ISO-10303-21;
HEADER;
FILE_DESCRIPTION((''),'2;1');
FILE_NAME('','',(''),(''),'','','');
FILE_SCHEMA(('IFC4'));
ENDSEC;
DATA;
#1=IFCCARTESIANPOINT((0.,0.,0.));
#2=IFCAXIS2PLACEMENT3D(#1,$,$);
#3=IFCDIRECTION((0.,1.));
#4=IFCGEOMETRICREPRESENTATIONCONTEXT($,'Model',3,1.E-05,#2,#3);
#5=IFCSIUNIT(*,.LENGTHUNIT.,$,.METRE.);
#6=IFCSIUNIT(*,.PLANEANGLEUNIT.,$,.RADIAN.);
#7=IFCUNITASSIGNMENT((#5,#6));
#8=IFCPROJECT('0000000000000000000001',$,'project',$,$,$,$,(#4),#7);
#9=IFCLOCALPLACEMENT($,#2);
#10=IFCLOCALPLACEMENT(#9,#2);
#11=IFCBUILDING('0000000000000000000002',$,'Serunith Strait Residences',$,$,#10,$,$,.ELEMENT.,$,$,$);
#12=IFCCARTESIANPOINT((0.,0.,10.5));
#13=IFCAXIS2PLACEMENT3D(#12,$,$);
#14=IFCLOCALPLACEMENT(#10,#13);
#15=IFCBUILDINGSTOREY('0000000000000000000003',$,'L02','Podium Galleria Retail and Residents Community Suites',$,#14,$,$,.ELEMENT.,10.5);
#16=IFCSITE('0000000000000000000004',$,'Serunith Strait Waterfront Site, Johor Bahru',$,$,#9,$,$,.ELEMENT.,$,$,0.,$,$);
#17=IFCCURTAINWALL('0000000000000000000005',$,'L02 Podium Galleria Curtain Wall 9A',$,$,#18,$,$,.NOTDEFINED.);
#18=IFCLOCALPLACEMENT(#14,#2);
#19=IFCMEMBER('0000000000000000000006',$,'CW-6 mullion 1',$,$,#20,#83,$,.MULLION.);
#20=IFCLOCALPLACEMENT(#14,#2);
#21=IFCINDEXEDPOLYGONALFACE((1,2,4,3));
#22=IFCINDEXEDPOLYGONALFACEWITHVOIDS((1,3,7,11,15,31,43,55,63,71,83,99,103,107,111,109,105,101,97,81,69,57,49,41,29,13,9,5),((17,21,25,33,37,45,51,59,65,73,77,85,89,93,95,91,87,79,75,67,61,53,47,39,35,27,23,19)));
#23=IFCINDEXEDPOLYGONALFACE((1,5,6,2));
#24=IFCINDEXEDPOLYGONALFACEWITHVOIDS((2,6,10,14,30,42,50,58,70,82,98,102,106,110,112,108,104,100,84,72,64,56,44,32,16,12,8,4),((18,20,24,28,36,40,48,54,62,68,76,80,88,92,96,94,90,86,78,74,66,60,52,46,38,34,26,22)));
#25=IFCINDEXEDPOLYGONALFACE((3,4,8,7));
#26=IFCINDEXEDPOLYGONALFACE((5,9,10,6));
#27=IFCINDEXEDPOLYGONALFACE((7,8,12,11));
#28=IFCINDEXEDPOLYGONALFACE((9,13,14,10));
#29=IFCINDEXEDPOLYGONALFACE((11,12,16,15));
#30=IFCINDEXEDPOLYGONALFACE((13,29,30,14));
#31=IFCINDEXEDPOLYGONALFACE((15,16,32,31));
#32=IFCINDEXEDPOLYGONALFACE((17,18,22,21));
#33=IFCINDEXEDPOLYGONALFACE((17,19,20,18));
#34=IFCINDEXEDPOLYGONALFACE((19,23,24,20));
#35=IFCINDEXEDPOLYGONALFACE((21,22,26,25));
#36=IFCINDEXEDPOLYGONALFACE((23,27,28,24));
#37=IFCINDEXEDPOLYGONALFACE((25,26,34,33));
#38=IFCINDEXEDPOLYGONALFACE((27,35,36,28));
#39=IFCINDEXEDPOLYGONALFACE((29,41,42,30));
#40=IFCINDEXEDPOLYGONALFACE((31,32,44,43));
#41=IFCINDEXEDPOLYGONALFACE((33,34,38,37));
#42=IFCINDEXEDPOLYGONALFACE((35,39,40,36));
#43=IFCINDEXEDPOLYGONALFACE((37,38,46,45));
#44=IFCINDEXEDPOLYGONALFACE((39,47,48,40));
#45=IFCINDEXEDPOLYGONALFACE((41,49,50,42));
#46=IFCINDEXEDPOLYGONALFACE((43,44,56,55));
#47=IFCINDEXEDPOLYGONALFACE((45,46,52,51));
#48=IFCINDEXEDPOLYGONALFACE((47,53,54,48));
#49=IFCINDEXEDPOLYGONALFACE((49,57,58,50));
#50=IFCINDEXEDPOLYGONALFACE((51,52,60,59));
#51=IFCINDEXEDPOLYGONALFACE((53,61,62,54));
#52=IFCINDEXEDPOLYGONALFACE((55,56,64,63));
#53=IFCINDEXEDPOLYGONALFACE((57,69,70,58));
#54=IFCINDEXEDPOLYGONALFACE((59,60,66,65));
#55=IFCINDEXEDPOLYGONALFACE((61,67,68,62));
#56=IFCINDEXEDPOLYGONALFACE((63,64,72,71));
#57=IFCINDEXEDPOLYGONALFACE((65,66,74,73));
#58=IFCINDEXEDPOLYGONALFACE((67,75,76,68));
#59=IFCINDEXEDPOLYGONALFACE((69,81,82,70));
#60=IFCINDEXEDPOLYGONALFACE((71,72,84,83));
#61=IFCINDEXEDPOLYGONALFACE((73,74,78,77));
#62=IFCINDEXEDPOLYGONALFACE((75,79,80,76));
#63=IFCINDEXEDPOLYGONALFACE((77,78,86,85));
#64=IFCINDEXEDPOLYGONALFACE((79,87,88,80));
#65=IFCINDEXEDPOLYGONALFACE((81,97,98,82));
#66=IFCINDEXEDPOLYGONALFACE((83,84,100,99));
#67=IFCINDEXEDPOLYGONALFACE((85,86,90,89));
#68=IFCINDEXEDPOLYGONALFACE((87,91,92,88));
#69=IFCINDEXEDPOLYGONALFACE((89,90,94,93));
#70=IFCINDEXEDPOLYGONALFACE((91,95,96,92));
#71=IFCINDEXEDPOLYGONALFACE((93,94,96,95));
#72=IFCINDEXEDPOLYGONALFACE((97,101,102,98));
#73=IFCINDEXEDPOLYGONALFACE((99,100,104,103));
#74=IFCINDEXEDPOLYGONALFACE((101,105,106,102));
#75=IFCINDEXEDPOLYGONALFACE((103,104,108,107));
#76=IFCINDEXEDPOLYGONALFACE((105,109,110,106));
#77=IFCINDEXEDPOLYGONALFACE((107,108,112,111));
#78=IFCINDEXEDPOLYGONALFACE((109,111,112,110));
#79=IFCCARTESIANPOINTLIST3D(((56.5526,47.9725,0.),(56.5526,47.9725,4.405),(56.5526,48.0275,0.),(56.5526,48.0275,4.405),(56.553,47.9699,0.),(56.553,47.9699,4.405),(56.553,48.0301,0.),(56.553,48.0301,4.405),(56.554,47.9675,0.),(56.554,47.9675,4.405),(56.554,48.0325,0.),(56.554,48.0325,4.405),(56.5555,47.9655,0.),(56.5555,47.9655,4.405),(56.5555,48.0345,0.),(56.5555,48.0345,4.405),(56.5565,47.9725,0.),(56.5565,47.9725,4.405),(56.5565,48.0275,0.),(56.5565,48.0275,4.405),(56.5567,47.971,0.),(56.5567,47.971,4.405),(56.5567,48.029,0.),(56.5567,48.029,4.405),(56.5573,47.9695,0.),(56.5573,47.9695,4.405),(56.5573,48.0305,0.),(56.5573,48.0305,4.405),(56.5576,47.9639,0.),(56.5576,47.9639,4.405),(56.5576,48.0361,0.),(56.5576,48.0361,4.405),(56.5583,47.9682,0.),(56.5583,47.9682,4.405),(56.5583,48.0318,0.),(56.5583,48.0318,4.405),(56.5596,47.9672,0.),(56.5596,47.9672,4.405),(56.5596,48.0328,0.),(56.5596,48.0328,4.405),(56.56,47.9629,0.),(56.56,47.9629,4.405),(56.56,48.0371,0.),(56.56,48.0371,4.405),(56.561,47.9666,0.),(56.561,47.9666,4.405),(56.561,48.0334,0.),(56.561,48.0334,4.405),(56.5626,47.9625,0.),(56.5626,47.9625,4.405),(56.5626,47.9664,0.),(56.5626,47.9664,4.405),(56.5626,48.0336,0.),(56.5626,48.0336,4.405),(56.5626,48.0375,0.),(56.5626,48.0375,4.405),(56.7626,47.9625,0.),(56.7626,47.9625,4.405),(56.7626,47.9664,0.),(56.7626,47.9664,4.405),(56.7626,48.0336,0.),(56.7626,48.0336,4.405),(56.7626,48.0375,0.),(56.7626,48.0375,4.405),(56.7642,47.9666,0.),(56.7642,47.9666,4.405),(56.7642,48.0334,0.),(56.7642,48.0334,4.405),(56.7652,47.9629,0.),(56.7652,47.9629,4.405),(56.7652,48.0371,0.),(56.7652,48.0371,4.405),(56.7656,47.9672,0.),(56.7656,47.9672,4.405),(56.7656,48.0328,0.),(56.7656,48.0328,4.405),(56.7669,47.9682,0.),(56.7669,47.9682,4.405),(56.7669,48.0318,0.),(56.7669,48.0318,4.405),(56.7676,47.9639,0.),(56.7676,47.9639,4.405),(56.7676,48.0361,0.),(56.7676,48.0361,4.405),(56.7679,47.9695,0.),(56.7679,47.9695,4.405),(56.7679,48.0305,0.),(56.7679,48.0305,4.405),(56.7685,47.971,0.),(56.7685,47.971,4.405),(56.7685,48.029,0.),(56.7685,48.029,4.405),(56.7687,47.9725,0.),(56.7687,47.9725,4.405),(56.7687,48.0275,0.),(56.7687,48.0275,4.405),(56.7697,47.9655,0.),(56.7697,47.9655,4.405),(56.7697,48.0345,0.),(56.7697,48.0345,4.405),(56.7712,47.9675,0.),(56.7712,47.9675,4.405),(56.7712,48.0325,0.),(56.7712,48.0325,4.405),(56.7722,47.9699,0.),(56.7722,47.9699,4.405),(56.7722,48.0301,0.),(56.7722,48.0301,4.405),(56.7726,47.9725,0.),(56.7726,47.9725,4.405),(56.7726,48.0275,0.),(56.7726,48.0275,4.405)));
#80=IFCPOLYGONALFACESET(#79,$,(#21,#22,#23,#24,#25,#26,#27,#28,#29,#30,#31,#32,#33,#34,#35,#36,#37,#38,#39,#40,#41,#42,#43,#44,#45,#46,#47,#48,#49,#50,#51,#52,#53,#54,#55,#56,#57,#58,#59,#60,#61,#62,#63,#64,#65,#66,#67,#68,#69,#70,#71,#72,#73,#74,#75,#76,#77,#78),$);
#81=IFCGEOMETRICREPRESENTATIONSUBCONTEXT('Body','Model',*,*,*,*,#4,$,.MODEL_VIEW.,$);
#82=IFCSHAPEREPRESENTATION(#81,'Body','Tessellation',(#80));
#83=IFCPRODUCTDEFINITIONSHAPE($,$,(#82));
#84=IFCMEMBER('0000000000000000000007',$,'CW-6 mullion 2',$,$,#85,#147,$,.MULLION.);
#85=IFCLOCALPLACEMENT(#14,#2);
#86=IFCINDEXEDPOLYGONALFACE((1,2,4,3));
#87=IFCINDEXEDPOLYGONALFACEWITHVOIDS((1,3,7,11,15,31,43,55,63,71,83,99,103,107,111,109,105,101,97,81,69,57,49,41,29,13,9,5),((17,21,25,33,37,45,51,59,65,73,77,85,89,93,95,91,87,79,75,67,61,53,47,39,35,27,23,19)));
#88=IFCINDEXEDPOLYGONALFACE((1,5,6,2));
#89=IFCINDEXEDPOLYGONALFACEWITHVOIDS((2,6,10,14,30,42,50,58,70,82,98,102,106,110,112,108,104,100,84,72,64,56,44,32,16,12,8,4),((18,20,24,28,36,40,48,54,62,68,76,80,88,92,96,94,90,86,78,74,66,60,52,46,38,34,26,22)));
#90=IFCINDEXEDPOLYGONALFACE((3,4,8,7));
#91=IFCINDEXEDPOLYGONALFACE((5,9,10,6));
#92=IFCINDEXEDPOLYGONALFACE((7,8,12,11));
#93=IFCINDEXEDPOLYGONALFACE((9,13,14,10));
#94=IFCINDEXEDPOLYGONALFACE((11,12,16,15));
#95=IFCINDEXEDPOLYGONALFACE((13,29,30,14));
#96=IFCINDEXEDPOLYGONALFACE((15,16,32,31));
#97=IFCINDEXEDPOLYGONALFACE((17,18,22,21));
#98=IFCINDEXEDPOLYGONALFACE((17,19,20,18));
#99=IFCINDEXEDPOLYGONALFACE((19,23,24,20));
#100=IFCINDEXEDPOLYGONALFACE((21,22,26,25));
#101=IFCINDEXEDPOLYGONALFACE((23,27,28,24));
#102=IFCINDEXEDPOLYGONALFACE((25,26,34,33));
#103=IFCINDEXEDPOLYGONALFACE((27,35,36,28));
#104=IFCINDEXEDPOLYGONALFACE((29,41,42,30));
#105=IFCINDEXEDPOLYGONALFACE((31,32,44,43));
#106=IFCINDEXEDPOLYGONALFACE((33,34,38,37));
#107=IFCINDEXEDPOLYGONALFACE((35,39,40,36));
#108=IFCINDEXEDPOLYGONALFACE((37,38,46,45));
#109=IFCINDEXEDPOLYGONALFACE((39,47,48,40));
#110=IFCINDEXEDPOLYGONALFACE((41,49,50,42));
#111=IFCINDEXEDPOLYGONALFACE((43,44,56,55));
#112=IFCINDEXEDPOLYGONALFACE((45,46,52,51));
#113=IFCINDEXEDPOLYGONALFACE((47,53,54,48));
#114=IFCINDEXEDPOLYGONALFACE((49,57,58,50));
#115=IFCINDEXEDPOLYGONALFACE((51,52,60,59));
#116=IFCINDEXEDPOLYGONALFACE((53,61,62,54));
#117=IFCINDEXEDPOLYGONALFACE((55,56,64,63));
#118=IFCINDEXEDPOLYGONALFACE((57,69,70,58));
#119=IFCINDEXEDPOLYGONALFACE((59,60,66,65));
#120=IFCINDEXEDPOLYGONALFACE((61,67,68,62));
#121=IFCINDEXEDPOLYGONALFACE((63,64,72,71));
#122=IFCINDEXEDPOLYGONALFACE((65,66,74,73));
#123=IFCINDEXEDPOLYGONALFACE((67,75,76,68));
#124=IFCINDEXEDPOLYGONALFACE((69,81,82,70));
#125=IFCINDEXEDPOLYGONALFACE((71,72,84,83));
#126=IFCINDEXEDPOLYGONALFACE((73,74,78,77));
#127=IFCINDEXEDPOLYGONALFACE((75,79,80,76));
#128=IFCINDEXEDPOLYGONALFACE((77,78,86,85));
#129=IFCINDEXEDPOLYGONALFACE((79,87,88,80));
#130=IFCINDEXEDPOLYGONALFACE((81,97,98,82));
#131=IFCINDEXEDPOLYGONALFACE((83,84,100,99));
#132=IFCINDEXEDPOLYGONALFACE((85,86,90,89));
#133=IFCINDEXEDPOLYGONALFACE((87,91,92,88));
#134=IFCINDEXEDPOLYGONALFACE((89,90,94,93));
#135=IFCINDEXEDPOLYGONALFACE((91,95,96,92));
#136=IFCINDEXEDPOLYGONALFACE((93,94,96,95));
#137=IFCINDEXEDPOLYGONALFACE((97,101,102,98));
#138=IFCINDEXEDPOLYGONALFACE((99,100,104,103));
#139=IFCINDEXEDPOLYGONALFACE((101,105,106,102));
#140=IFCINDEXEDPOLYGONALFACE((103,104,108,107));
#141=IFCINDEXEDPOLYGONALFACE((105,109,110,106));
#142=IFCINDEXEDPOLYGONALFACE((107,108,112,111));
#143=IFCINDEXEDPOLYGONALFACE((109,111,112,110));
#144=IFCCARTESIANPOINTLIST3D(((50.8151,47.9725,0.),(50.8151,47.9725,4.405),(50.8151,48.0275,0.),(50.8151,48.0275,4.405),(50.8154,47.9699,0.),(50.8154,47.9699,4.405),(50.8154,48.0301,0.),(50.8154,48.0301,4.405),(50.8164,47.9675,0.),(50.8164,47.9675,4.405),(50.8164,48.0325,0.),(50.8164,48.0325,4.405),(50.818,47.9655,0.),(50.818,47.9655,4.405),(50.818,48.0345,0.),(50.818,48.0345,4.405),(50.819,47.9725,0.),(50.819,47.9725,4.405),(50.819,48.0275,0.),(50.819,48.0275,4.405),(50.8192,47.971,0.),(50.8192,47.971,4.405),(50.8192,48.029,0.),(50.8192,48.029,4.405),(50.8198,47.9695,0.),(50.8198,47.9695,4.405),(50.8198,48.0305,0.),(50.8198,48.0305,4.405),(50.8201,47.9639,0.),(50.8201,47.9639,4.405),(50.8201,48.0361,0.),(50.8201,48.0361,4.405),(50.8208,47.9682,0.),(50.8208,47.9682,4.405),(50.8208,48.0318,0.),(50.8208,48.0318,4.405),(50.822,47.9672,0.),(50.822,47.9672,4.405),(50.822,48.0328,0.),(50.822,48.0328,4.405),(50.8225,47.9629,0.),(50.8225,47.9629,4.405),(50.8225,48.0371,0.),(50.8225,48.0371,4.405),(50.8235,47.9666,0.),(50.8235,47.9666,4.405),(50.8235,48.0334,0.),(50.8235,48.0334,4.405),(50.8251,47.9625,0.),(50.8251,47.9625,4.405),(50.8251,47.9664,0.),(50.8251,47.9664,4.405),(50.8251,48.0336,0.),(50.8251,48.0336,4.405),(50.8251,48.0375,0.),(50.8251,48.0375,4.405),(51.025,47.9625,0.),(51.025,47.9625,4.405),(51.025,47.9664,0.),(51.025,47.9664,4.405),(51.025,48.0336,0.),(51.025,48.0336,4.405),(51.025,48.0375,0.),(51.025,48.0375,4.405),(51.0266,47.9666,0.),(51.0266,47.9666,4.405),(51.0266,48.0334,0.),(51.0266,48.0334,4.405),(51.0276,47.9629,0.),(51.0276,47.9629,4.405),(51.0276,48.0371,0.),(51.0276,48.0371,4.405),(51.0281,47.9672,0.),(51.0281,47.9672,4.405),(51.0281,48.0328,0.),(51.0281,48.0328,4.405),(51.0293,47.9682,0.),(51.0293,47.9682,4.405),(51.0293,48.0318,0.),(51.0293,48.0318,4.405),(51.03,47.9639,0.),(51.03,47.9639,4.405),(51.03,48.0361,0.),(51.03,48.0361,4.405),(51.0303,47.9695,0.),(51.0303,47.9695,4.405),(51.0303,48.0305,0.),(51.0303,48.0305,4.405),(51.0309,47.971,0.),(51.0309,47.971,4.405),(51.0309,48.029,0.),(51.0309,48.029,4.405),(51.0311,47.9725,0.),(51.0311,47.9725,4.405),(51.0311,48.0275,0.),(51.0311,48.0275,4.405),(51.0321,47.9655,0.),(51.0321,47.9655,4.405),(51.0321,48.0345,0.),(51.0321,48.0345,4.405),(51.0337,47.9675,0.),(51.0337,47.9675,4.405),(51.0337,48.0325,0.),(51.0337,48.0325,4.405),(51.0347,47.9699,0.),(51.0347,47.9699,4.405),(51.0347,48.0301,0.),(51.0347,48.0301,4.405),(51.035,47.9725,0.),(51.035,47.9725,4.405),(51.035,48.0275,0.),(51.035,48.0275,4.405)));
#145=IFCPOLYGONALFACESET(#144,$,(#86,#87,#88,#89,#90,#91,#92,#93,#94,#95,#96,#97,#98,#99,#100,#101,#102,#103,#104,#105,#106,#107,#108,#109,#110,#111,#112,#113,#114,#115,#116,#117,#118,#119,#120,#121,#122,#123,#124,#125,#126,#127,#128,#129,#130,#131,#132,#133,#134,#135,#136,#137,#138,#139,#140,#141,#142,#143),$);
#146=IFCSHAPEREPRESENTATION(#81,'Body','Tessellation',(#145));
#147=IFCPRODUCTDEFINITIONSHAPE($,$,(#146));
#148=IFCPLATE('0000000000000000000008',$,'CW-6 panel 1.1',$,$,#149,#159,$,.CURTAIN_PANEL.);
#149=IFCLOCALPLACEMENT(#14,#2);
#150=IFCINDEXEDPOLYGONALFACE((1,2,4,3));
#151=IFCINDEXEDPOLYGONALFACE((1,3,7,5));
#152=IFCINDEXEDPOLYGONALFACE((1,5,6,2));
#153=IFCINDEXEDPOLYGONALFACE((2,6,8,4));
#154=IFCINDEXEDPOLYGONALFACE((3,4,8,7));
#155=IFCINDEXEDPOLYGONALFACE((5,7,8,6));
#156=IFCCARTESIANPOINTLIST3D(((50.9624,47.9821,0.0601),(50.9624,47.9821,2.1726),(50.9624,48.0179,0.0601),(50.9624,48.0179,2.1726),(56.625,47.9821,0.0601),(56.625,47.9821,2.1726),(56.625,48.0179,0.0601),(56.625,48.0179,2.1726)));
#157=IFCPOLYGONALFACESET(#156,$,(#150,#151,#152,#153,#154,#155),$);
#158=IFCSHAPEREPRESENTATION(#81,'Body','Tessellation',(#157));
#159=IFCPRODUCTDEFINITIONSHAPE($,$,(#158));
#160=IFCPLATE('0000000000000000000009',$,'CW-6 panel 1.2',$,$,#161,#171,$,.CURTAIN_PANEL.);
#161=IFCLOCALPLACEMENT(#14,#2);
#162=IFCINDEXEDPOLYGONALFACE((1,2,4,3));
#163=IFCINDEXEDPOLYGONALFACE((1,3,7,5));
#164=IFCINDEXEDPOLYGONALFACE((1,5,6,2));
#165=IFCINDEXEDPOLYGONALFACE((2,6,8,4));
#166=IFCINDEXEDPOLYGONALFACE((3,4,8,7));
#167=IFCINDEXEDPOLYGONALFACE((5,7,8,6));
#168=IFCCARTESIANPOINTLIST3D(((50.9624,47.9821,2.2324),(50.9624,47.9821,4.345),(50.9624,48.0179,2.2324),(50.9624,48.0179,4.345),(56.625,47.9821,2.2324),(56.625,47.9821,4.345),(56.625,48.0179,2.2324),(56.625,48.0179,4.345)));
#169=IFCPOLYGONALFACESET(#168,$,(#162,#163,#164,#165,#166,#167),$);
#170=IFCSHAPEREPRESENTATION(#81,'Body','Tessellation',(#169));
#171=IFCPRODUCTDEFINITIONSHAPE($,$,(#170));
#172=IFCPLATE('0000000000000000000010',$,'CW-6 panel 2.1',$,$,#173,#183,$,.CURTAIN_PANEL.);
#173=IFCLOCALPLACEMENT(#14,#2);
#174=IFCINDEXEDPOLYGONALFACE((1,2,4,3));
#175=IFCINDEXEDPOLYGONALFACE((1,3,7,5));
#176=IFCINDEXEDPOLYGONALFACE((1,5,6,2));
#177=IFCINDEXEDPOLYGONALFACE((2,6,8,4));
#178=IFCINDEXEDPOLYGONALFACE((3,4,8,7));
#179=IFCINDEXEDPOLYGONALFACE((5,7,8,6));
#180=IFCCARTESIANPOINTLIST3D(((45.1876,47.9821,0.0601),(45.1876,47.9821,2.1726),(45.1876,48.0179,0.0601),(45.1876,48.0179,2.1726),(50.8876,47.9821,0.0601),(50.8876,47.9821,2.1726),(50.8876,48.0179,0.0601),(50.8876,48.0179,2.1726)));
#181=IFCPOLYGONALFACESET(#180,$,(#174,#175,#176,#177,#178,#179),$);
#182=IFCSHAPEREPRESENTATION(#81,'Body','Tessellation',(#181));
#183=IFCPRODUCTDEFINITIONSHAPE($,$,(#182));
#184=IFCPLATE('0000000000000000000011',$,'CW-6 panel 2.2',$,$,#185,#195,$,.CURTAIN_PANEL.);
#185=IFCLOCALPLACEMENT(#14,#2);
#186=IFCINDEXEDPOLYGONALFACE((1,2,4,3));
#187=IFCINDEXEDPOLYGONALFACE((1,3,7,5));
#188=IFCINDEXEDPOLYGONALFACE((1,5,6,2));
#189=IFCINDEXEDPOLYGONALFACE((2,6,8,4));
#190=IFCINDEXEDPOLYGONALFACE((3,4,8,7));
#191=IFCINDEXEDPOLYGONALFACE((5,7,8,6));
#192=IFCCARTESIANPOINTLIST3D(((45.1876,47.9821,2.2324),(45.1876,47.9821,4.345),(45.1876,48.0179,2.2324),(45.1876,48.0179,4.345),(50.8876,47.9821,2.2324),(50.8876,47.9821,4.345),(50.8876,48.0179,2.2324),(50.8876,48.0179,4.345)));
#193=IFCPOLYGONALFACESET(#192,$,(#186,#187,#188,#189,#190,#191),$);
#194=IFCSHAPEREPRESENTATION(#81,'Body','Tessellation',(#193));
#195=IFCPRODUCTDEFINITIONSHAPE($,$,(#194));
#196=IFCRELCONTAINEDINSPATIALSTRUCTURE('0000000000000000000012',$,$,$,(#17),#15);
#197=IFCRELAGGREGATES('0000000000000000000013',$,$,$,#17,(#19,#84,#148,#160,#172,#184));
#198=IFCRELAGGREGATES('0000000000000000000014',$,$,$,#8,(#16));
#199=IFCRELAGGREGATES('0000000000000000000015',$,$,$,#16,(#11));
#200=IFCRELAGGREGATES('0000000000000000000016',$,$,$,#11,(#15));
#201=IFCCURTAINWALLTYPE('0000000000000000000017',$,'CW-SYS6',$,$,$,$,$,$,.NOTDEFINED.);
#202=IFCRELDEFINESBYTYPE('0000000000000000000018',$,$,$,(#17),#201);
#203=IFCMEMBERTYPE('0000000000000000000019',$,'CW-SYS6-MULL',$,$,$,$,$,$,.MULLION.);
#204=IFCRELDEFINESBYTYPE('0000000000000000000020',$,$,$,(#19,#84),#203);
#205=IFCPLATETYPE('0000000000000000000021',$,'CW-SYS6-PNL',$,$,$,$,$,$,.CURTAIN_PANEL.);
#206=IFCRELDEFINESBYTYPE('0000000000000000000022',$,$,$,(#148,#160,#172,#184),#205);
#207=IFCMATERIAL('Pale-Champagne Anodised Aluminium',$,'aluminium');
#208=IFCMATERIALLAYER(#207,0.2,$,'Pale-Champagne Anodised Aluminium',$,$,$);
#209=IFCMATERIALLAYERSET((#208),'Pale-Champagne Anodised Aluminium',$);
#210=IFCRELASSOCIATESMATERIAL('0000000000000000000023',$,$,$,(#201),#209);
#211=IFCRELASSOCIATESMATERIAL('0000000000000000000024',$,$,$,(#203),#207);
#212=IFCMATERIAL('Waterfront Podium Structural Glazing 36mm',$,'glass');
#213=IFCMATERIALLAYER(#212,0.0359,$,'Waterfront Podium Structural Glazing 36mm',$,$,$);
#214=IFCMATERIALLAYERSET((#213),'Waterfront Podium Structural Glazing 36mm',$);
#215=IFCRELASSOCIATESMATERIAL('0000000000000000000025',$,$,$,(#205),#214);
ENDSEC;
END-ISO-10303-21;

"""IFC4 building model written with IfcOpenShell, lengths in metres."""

from ifc_helpers import new_model, si_unit, direction, frame, origin, origin_2d, place, context, subcontext, project, spatial, rectangle, hollow_rectangle, extrude, source, transform, mapped, material, layer, layer_set, material_profile, profile_set, type_object, element, aggregate, save


model = new_model("IFC4")

# Units and contexts
model_context = context("Model", 3, precision=1e-05, world=origin(), true_north=direction((0.0, 1.0)))
body_context = subcontext(model_context, "Body", "Model", "MODEL_VIEW")
ifc_project = project(units=[si_unit("LENGTHUNIT", "METRE"), si_unit("PLANEANGLEUNIT", "RADIAN")], contexts=[model_context])

# Site, building, storey
site_placement = place(None, origin())
site = spatial("IfcSite", under=ifc_project, at=site_placement, Name="Serunith Strait Waterfront Site, Johor Bahru", CompositionType="ELEMENT", RefElevation=0.0)
building_placement = place(site_placement, origin())
building = spatial("IfcBuilding", under=site, at=building_placement, Name="Serunith Strait Residences", CompositionType="ELEMENT")
storey_placement = place(building_placement, frame((0.0, 0.0, 10.5)))
storey = spatial("IfcBuildingStorey", under=building, at=storey_placement, Name="L02", Description="Podium Galleria Retail and Residents Community Suites", CompositionType="ELEMENT", Elevation=10.5)

# Curtain wall, members, plates
ifc_material_1 = material(Name="Pale-Champagne Anodised Aluminium", Category="aluminium")
ifc_layer_1 = layer(ifc_material_1, 0.2, Name="Pale-Champagne Anodised Aluminium")
ifc_layer_set_1 = layer_set([ifc_layer_1], Name="Pale-Champagne Anodised Aluminium")
curtain_wall_type = type_object("IfcCurtainWallType", Name="CW-SYS6", PredefinedType="NOTDEFINED", material=ifc_layer_set_1)
curtain_wall_placement = place(storey_placement, origin())
curtain_wall = element("IfcCurtainWall", 1, at=curtain_wall_placement, inside=storey, type_object=curtain_wall_type, Name="L02 Podium Galleria Curtain Wall 9A", PredefinedType="NOTDEFINED")
ifc_material_profile_1 = material_profile(ifc_material_1, hollow_rectangle(XDim=0.075, YDim=0.22, WallThickness=0.0039, InnerFilletRadius=0.0061, OuterFilletRadius=0.01, at=origin_2d()), Name="ALU 220x75x4")
ifc_profile_set_1 = profile_set([ifc_material_profile_1], Name="Pale-Champagne Anodised Aluminium")
member_type_1 = type_object("IfcMemberType", Name="CW-SYS6-MULL", PredefinedType="MULLION", material=ifc_profile_set_1)
shared_shape_1 = source(origin(), body_context, "Body", "SweptSolid", [
    extrude(hollow_rectangle(XDim=0.075, YDim=0.22, WallThickness=0.0039, InnerFilletRadius=0.0061, OuterFilletRadius=0.01, at=origin_2d()), origin(), (0.0, 0.0, 1.0), 4.405),
])
member_1_placement = place(storey_placement, frame((56.6626, 48.0, 0.0), z_axis=(0.0, 0.0, 1.0), x_axis=(0.0, -1.0, 0.0)))
member_1 = element("IfcMember", 2, at=member_1_placement, type_object=member_type_1, Name="CW-6 mullion 1", PredefinedType="MULLION", context=body_context, shape_type="MappedRepresentation", body=[
    mapped(shared_shape_1, transform((0.0, 0.0, 0.0), scale=1.0)),
])
member_2_placement = place(storey_placement, frame((50.925, 48.0, 0.0), z_axis=(0.0, 0.0, 1.0), x_axis=(0.0, -1.0, 0.0)))
member_2 = element("IfcMember", 3, at=member_2_placement, type_object=member_type_1, Name="CW-6 mullion 2", PredefinedType="MULLION", context=body_context, shape_type="MappedRepresentation", body=[
    mapped(shared_shape_1, transform((0.0, 0.0, 0.0), scale=1.0)),
])
ifc_material_2 = material(Name="Waterfront Podium Structural Glazing 36mm", Category="glass")
ifc_layer_2 = layer(ifc_material_2, 0.0359, Name="Waterfront Podium Structural Glazing 36mm")
ifc_layer_set_2 = layer_set([ifc_layer_2], Name="Waterfront Podium Structural Glazing 36mm")
plate_type = type_object("IfcPlateType", Name="CW-SYS6-PNL", PredefinedType="CURTAIN_PANEL", material=ifc_layer_set_2)
shared_shape_2 = source(origin(), body_context, "Body", "SweptSolid", [
    extrude(rectangle(XDim=5.6626, YDim=0.0359, at=origin_2d()), origin(), (0.0, 0.0, 1.0), 2.1125),
])
plate_1_placement = place(storey_placement, frame((53.7937, 48.0, 0.0601), z_axis=(0.0, 0.0, 1.0), x_axis=(-1.0, 0.0, 0.0)))
plate_1 = element("IfcPlate", 4, at=plate_1_placement, type_object=plate_type, Name="CW-6 panel 1.1", PredefinedType="CURTAIN_PANEL", context=body_context, shape_type="MappedRepresentation", body=[
    mapped(shared_shape_2, transform((0.0, 0.0, 0.0), scale=1.0)),
])
plate_2_placement = place(storey_placement, frame((53.7937, 48.0, 2.2324), z_axis=(0.0, 0.0, 1.0), x_axis=(-1.0, 0.0, 0.0)))
plate_2 = element("IfcPlate", 5, at=plate_2_placement, type_object=plate_type, Name="CW-6 panel 1.2", PredefinedType="CURTAIN_PANEL", context=body_context, shape_type="MappedRepresentation", body=[
    mapped(shared_shape_2, transform((0.0, 0.0, 0.0), scale=1.0)),
])
shared_shape_3 = source(origin(), body_context, "Body", "SweptSolid", [
    extrude(rectangle(XDim=5.7, YDim=0.0359, at=origin_2d()), origin(), (0.0, 0.0, 1.0), 2.1125),
])
plate_3_placement = place(storey_placement, frame((48.0376, 48.0, 0.0601), z_axis=(0.0, 0.0, 1.0), x_axis=(-1.0, 0.0, 0.0)))
plate_3 = element("IfcPlate", 6, at=plate_3_placement, type_object=plate_type, Name="CW-6 panel 2.1", PredefinedType="CURTAIN_PANEL", context=body_context, shape_type="MappedRepresentation", body=[
    mapped(shared_shape_3, transform((0.0, 0.0, 0.0), scale=1.0)),
])
plate_4_placement = place(storey_placement, frame((48.0376, 48.0, 2.2324), z_axis=(0.0, 0.0, 1.0), x_axis=(-1.0, 0.0, 0.0)))
plate_4 = element("IfcPlate", 7, at=plate_4_placement, type_object=plate_type, Name="CW-6 panel 2.2", PredefinedType="CURTAIN_PANEL", context=body_context, shape_type="MappedRepresentation", body=[
    mapped(shared_shape_3, transform((0.0, 0.0, 0.0), scale=1.0)),
])
aggregate(curtain_wall, [member_1, member_2, plate_1, plate_2, plate_3, plate_4])

save(model, "model.ifc")
